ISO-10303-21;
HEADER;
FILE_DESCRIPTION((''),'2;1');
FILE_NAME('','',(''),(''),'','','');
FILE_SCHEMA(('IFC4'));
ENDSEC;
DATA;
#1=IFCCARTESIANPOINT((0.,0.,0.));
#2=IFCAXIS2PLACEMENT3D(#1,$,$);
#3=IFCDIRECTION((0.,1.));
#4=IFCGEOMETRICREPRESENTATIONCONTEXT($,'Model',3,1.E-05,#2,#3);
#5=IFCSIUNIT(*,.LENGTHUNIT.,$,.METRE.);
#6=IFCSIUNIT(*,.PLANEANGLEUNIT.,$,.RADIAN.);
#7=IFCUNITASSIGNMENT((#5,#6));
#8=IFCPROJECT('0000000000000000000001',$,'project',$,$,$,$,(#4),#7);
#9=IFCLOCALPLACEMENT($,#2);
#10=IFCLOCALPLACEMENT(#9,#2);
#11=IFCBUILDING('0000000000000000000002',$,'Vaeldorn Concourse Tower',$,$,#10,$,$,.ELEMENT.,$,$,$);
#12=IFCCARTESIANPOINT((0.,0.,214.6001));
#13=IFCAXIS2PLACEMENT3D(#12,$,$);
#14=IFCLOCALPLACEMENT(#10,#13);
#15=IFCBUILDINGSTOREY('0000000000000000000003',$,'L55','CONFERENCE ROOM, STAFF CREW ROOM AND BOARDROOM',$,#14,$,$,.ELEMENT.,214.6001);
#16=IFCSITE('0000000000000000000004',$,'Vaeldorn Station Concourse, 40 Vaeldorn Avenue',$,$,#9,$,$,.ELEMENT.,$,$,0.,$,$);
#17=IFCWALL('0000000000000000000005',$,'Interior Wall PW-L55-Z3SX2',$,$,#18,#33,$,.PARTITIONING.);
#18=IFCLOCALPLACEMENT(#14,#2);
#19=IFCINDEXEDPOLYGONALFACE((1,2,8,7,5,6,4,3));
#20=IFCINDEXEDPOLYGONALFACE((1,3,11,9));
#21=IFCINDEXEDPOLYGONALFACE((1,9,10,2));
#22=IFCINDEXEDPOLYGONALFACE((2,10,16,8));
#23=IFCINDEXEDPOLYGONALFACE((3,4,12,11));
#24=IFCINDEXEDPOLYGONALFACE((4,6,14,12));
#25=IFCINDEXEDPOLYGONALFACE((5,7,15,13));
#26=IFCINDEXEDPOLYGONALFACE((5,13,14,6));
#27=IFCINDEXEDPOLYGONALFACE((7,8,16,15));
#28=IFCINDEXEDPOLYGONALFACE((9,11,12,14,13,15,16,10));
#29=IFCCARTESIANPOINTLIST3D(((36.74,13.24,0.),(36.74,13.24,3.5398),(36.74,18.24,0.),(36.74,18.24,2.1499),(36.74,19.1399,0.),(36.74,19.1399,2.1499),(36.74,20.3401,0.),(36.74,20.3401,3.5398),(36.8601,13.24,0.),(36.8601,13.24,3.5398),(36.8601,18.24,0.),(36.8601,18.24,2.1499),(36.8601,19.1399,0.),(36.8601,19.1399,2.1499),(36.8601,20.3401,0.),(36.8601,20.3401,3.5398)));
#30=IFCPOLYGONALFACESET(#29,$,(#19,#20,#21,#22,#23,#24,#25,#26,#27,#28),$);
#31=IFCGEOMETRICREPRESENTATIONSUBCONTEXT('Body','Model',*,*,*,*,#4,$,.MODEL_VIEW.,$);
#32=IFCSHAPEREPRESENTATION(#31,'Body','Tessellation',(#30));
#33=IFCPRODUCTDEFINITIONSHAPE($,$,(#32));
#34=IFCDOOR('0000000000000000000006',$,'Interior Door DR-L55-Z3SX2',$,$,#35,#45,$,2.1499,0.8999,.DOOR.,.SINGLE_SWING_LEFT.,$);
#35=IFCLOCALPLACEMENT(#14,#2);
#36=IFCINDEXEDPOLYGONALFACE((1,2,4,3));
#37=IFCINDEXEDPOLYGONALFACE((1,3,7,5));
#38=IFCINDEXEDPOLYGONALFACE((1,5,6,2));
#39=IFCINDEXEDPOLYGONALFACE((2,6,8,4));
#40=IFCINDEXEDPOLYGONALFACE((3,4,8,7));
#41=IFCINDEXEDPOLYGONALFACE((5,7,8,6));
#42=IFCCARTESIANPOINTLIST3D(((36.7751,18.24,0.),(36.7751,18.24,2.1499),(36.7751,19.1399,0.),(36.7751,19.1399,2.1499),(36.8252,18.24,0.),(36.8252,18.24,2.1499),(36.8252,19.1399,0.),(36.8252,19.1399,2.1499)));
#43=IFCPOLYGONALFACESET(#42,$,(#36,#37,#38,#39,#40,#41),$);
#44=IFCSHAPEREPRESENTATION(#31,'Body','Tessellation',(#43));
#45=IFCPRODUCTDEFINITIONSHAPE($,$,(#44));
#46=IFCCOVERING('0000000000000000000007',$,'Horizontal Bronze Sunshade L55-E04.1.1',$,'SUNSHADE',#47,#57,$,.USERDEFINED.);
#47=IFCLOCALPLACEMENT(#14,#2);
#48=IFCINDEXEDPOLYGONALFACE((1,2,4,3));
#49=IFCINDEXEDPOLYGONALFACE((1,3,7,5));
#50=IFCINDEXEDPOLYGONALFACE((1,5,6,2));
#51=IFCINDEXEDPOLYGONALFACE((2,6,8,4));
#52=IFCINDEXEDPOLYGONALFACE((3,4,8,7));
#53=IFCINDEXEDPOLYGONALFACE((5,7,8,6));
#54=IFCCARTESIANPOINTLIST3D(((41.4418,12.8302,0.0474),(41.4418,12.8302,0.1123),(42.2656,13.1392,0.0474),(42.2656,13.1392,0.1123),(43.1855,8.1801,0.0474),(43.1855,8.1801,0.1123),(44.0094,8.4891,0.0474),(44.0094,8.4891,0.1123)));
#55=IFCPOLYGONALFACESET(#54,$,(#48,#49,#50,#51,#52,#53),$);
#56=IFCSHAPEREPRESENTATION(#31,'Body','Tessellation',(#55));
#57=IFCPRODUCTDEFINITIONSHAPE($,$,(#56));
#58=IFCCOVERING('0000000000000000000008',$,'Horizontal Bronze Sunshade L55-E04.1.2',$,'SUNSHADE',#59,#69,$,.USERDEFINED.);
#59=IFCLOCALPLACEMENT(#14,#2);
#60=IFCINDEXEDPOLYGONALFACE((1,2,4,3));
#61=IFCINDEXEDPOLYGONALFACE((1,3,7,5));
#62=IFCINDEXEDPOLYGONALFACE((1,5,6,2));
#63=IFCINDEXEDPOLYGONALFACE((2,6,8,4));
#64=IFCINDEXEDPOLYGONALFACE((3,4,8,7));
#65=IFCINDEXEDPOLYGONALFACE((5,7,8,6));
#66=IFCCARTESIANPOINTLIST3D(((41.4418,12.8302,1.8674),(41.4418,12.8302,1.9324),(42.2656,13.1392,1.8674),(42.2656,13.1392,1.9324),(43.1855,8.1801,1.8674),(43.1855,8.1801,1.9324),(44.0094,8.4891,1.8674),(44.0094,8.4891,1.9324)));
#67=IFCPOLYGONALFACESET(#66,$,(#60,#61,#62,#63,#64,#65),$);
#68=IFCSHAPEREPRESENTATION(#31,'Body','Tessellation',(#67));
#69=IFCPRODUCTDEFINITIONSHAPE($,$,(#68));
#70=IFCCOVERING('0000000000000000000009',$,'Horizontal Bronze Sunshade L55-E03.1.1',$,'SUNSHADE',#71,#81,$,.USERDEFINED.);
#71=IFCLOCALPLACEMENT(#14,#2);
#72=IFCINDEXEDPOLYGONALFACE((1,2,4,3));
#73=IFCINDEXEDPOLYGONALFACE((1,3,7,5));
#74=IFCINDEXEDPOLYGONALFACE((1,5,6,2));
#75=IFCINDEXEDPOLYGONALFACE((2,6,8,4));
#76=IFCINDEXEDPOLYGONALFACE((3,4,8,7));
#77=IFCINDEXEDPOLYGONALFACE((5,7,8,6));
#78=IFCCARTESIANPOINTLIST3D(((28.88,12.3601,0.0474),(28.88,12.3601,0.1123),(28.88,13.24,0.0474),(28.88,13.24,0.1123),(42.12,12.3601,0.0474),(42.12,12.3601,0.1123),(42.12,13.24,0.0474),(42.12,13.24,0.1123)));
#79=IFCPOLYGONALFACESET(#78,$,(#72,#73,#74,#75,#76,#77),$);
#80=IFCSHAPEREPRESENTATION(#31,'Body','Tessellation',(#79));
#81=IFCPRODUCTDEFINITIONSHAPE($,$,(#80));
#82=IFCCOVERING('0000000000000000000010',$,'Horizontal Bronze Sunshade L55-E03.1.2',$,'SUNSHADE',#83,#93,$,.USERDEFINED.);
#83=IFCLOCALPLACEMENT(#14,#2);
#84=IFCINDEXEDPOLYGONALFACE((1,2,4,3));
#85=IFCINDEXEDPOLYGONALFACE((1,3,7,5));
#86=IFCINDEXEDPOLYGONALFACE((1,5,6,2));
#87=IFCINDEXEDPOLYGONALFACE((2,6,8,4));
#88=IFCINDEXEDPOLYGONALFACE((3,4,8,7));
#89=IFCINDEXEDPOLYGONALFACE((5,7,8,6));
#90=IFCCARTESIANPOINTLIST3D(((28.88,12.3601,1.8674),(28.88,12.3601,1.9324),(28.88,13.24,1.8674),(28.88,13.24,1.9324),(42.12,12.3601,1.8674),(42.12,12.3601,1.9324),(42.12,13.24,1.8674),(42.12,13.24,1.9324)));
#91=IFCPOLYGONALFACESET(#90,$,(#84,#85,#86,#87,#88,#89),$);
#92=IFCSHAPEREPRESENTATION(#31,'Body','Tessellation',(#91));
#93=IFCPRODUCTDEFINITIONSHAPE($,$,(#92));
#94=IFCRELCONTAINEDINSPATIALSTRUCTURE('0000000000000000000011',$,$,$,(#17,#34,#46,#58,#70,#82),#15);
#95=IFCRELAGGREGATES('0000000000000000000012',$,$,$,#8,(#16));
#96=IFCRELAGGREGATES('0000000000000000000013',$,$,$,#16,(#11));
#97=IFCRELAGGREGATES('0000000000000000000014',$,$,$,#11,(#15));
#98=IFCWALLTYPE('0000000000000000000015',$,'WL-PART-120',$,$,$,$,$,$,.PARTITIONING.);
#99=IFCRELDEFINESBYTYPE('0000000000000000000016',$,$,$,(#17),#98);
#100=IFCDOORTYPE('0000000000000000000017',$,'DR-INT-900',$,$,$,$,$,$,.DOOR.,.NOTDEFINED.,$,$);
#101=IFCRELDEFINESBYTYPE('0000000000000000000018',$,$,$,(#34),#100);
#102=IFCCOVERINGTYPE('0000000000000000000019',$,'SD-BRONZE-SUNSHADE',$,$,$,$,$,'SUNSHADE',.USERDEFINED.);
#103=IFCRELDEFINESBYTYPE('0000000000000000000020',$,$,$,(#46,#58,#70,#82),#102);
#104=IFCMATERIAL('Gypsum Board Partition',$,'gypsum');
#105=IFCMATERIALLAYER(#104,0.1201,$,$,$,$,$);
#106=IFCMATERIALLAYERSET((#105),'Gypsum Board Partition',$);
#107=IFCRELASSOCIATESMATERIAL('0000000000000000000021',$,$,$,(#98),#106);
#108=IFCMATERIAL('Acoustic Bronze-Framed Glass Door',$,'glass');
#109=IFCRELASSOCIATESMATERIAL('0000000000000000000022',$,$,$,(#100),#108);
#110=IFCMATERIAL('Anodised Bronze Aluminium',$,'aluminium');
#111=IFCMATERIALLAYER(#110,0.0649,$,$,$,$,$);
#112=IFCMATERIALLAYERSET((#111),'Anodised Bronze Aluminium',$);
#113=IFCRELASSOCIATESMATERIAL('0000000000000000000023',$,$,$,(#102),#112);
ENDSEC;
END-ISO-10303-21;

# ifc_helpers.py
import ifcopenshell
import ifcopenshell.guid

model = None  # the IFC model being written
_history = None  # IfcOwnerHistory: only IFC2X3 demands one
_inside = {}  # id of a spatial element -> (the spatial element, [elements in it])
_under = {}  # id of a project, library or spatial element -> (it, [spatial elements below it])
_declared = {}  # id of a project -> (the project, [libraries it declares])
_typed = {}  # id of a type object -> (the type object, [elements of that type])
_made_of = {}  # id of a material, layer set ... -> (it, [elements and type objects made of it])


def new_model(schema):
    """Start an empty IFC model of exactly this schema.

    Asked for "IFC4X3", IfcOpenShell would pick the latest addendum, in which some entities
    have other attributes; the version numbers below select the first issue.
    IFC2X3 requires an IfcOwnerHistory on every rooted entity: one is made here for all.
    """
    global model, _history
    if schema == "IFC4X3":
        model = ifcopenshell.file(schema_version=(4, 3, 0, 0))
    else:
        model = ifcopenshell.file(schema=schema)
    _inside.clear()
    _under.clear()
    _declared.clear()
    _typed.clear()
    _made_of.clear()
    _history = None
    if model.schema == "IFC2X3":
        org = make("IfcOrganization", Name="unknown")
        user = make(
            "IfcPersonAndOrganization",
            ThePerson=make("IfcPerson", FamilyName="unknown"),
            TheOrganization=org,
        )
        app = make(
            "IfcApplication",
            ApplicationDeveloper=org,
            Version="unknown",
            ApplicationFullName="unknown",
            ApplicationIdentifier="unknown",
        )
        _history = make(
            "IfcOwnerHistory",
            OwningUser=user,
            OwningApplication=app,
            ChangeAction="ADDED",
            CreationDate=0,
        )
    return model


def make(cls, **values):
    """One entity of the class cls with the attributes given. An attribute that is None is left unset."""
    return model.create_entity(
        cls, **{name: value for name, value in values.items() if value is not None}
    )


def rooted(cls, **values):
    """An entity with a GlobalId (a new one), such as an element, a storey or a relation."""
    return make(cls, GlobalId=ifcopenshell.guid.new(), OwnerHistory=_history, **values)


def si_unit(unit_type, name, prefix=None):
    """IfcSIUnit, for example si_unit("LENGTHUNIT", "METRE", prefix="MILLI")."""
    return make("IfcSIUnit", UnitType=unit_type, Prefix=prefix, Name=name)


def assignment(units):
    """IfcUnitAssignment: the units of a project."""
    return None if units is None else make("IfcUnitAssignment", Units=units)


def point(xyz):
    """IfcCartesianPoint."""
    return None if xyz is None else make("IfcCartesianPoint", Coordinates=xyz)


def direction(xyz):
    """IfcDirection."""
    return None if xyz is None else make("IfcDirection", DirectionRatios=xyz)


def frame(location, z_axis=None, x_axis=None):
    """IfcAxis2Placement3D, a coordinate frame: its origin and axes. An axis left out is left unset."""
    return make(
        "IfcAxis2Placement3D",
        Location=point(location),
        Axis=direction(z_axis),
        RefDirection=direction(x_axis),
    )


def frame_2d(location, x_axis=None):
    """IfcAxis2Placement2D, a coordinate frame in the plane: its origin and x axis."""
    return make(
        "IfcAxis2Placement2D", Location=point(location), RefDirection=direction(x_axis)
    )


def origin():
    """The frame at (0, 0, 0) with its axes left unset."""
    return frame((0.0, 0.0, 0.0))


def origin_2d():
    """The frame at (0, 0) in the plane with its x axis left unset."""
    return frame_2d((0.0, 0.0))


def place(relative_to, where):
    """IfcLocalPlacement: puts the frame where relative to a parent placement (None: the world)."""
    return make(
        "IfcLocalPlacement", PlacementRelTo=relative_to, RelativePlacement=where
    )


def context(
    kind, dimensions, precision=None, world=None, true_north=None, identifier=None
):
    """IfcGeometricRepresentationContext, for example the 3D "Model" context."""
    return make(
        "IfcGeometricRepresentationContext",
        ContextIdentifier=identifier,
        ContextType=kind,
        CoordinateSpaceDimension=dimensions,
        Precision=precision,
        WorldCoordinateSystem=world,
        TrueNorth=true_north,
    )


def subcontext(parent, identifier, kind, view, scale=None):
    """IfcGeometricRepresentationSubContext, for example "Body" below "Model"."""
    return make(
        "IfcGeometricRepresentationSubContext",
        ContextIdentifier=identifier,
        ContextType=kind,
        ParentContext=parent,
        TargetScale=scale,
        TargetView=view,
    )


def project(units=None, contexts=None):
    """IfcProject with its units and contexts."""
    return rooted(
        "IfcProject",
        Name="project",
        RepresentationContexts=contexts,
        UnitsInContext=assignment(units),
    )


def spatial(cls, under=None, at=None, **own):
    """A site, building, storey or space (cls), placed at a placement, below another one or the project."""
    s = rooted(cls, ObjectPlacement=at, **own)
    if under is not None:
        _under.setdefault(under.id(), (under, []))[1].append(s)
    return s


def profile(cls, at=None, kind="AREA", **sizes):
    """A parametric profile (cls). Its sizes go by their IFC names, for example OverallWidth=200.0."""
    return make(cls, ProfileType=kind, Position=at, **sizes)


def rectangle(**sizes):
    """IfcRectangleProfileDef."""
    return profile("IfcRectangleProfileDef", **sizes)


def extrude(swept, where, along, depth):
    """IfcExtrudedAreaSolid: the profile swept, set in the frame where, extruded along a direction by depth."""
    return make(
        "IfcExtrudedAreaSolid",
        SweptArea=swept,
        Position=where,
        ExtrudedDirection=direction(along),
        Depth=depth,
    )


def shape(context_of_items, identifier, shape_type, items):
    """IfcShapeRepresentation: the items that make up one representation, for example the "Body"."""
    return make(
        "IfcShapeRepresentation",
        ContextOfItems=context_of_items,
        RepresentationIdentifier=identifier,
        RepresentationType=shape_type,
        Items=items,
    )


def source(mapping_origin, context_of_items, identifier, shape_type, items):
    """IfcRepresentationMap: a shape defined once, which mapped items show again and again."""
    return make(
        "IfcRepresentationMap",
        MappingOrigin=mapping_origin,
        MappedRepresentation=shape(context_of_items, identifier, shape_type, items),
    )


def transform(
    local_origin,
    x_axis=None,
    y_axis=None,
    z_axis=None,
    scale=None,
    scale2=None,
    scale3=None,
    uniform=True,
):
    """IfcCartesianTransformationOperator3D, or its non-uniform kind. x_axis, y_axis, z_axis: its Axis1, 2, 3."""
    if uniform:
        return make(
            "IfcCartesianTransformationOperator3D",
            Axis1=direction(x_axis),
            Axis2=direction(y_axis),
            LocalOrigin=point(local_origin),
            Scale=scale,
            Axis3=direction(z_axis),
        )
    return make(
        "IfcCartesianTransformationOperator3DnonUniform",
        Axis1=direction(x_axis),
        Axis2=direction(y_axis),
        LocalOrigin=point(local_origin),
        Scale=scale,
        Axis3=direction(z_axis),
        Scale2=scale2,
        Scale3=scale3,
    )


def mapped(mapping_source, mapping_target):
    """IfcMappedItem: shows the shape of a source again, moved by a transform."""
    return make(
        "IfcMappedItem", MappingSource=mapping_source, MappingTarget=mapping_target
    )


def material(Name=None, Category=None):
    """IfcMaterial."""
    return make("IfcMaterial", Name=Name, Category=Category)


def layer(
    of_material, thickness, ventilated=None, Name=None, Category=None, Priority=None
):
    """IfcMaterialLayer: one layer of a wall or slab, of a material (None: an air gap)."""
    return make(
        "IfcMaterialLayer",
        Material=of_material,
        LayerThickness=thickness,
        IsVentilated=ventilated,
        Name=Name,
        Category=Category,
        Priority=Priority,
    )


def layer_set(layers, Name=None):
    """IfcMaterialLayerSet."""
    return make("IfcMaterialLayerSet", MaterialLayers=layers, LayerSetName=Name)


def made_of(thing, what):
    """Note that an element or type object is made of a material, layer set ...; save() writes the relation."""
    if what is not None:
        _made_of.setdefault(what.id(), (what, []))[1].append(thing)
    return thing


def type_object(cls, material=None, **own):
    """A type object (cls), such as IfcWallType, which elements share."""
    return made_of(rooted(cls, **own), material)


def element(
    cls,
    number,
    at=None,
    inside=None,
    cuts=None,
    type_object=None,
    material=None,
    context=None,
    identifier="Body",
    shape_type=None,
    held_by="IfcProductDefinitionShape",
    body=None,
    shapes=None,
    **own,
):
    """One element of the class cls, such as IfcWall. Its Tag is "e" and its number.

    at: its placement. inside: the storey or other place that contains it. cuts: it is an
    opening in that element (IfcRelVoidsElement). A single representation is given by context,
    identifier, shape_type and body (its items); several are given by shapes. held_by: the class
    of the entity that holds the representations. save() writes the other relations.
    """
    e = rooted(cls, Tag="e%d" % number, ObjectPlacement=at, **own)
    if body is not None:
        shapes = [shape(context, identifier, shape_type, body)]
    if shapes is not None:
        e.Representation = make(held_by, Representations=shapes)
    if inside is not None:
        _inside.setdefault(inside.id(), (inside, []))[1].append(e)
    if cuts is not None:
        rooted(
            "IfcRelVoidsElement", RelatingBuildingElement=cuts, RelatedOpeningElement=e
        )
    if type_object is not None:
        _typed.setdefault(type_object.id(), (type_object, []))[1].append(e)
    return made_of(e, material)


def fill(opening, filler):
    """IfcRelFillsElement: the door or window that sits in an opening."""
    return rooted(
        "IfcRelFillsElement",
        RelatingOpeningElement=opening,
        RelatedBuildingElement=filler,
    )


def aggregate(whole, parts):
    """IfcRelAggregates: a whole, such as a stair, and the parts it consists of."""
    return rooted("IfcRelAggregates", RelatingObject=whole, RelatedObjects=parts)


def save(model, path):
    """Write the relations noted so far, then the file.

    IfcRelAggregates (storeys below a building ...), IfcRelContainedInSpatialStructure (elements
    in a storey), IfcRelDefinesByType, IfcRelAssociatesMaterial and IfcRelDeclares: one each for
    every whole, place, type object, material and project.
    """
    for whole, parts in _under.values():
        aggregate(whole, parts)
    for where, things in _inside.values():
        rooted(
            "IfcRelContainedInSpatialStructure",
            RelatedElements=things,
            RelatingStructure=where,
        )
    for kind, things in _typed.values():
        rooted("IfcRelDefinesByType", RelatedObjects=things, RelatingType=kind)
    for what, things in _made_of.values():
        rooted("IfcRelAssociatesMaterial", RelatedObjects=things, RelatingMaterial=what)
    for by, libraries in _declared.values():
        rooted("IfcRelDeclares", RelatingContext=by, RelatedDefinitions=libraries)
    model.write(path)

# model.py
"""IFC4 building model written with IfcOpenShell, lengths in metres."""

from ifc_helpers import new_model, si_unit, direction, frame, frame_2d, origin, origin_2d, place, context, subcontext, project, spatial, rectangle, extrude, source, transform, mapped, material, layer, layer_set, type_object, element, fill, save


model = new_model("IFC4")

# Units and contexts
model_context = context("Model", 3, precision=1e-05, world=origin(), true_north=direction((0.0, 1.0)))
body_context = subcontext(model_context, "Body", "Model", "MODEL_VIEW")
ifc_project = project(units=[si_unit("LENGTHUNIT", "METRE"), si_unit("PLANEANGLEUNIT", "RADIAN")], contexts=[model_context])

# Site, building, storey
site_placement = place(None, origin())
site = spatial("IfcSite", under=ifc_project, at=site_placement, Name="Vaeldorn Station Concourse, 40 Vaeldorn Avenue", CompositionType="ELEMENT", RefElevation=0.0)
building_placement = place(site_placement, origin())
building = spatial("IfcBuilding", under=site, at=building_placement, Name="Vaeldorn Concourse Tower", CompositionType="ELEMENT")
storey_placement = place(building_placement, frame((0.0, 0.0, 214.6001)))
storey = spatial("IfcBuildingStorey", under=building, at=storey_placement, Name="L55", Description="CONFERENCE ROOM, STAFF CREW ROOM AND BOARDROOM", CompositionType="ELEMENT", Elevation=214.6001)

# Shared definitions
ifc_material_1 = material(Name="Anodised Bronze Aluminium", Category="aluminium")

# Wall, opening, door
ifc_material_2 = material(Name="Gypsum Board Partition", Category="gypsum")
ifc_layer_1 = layer(ifc_material_2, 0.1201)
ifc_layer_set_1 = layer_set([ifc_layer_1], Name="Gypsum Board Partition")
wall_type = type_object("IfcWallType", Name="WL-PART-120", PredefinedType="PARTITIONING", material=ifc_layer_set_1)
wall_placement = place(storey_placement, frame((36.8, 13.24, 0.0), z_axis=(0.0, 0.0, 1.0), x_axis=(0.0, 1.0, 0.0)))
wall = element("IfcWall", 1, at=wall_placement, inside=storey, type_object=wall_type, Name="Interior Wall PW-L55-Z3SX2", PredefinedType="PARTITIONING", context=body_context, shape_type="SweptSolid", body=[
    extrude(rectangle(XDim=7.1001, YDim=0.1201, at=frame_2d((3.55, 0.0))), origin(), (0.0, 0.0, 1.0), 3.5398),
])
opening_placement = place(wall_placement, frame((5.0, 0.0, 0.0)))
opening = element("IfcOpeningElement", 2, at=opening_placement, cuts=wall, PredefinedType="OPENING", context=body_context, shape_type="SweptSolid", body=[
    extrude(rectangle(XDim=0.8999, YDim=2.1499, at=frame_2d((0.45, 1.075))), frame((0.0, 0.0701, 0.0), z_axis=(0.0, -1.0, 0.0), x_axis=(1.0, 0.0, 0.0)), (0.0, 0.0, 1.0), 0.1401),
])
ifc_material_3 = material(Name="Acoustic Bronze-Framed Glass Door", Category="glass")
door_type = type_object("IfcDoorType", Name="DR-INT-900", OperationType="NOTDEFINED", PredefinedType="DOOR", material=ifc_material_3)
shared_shape_1 = source(origin(), body_context, "Body", "SweptSolid", [
    extrude(rectangle(XDim=0.8999, YDim=2.1499, at=frame_2d((0.45, 1.075))), frame((0.0, 0.0249, 0.0), z_axis=(0.0, -1.0, 0.0), x_axis=(1.0, 0.0, 0.0)), (0.0, 0.0, 1.0), 0.05),
])
door_placement = place(opening_placement, origin())
door = element("IfcDoor", 3, at=door_placement, inside=storey, type_object=door_type, Name="Interior Door DR-L55-Z3SX2", OperationType="SINGLE_SWING_LEFT", OverallHeight=2.1499, OverallWidth=0.8999, PredefinedType="DOOR", context=body_context, shape_type="MappedRepresentation", body=[
    mapped(shared_shape_1, transform((0.0, 0.0, 0.0), scale=1.0)),
])
fill(opening, door)

# Coverings
ifc_layer_2 = layer(ifc_material_1, 0.0649)
ifc_layer_set_2 = layer_set([ifc_layer_2], Name="Anodised Bronze Aluminium")
covering_type = type_object("IfcCoveringType", Name="SD-BRONZE-SUNSHADE", ElementType="SUNSHADE", PredefinedType="USERDEFINED", material=ifc_layer_set_2)
shared_shape_2 = source(origin(), body_context, "Body", "SweptSolid", [
    extrude(rectangle(XDim=4.9663, YDim=0.8799, at=origin_2d()), origin(), (0.0, 0.0, 1.0), 0.0649),
])
for number, where, z_axis, x_axis, name in (
    (4, (42.7256, 10.6597, 0.0474), (0.0, 0.0, 1.0), (0.351123, -0.936329, 0.0), "Horizontal Bronze Sunshade L55-E04.1.1"),
    (5, (42.7256, 10.6597, 1.8674), (0.0, 0.0, 1.0), (0.351123, -0.936329, 0.0), "Horizontal Bronze Sunshade L55-E04.1.2"),
):
    element("IfcCovering", number, at=place(storey_placement, frame(where, z_axis=z_axis, x_axis=x_axis)), inside=storey, type_object=covering_type, Name=name, ObjectType="SUNSHADE", PredefinedType="USERDEFINED", context=body_context, shape_type="MappedRepresentation", body=[
        mapped(shared_shape_2, transform((0.0, 0.0, 0.0), scale=1.0)),
    ])
shared_shape_3 = source(origin(), body_context, "Body", "SweptSolid", [
    extrude(rectangle(XDim=13.24, YDim=0.8799, at=origin_2d()), origin(), (0.0, 0.0, 1.0), 0.0649),
])
for number, where, z_axis, x_axis, name in (
    (6, (35.5, 12.8, 0.0474), (0.0, 0.0, 1.0), (1.0, 0.0, 0.0), "Horizontal Bronze Sunshade L55-E03.1.1"),
    (7, (35.5, 12.8, 1.8674), (0.0, 0.0, 1.0), (1.0, 0.0, 0.0), "Horizontal Bronze Sunshade L55-E03.1.2"),
):
    element("IfcCovering", number, at=place(storey_placement, frame(where, z_axis=z_axis, x_axis=x_axis)), inside=storey, type_object=covering_type, Name=name, ObjectType="SUNSHADE", PredefinedType="USERDEFINED", context=body_context, shape_type="MappedRepresentation", body=[
        mapped(shared_shape_3, transform((0.0, 0.0, 0.0), scale=1.0)),
    ])

save(model, "model.ifc")
